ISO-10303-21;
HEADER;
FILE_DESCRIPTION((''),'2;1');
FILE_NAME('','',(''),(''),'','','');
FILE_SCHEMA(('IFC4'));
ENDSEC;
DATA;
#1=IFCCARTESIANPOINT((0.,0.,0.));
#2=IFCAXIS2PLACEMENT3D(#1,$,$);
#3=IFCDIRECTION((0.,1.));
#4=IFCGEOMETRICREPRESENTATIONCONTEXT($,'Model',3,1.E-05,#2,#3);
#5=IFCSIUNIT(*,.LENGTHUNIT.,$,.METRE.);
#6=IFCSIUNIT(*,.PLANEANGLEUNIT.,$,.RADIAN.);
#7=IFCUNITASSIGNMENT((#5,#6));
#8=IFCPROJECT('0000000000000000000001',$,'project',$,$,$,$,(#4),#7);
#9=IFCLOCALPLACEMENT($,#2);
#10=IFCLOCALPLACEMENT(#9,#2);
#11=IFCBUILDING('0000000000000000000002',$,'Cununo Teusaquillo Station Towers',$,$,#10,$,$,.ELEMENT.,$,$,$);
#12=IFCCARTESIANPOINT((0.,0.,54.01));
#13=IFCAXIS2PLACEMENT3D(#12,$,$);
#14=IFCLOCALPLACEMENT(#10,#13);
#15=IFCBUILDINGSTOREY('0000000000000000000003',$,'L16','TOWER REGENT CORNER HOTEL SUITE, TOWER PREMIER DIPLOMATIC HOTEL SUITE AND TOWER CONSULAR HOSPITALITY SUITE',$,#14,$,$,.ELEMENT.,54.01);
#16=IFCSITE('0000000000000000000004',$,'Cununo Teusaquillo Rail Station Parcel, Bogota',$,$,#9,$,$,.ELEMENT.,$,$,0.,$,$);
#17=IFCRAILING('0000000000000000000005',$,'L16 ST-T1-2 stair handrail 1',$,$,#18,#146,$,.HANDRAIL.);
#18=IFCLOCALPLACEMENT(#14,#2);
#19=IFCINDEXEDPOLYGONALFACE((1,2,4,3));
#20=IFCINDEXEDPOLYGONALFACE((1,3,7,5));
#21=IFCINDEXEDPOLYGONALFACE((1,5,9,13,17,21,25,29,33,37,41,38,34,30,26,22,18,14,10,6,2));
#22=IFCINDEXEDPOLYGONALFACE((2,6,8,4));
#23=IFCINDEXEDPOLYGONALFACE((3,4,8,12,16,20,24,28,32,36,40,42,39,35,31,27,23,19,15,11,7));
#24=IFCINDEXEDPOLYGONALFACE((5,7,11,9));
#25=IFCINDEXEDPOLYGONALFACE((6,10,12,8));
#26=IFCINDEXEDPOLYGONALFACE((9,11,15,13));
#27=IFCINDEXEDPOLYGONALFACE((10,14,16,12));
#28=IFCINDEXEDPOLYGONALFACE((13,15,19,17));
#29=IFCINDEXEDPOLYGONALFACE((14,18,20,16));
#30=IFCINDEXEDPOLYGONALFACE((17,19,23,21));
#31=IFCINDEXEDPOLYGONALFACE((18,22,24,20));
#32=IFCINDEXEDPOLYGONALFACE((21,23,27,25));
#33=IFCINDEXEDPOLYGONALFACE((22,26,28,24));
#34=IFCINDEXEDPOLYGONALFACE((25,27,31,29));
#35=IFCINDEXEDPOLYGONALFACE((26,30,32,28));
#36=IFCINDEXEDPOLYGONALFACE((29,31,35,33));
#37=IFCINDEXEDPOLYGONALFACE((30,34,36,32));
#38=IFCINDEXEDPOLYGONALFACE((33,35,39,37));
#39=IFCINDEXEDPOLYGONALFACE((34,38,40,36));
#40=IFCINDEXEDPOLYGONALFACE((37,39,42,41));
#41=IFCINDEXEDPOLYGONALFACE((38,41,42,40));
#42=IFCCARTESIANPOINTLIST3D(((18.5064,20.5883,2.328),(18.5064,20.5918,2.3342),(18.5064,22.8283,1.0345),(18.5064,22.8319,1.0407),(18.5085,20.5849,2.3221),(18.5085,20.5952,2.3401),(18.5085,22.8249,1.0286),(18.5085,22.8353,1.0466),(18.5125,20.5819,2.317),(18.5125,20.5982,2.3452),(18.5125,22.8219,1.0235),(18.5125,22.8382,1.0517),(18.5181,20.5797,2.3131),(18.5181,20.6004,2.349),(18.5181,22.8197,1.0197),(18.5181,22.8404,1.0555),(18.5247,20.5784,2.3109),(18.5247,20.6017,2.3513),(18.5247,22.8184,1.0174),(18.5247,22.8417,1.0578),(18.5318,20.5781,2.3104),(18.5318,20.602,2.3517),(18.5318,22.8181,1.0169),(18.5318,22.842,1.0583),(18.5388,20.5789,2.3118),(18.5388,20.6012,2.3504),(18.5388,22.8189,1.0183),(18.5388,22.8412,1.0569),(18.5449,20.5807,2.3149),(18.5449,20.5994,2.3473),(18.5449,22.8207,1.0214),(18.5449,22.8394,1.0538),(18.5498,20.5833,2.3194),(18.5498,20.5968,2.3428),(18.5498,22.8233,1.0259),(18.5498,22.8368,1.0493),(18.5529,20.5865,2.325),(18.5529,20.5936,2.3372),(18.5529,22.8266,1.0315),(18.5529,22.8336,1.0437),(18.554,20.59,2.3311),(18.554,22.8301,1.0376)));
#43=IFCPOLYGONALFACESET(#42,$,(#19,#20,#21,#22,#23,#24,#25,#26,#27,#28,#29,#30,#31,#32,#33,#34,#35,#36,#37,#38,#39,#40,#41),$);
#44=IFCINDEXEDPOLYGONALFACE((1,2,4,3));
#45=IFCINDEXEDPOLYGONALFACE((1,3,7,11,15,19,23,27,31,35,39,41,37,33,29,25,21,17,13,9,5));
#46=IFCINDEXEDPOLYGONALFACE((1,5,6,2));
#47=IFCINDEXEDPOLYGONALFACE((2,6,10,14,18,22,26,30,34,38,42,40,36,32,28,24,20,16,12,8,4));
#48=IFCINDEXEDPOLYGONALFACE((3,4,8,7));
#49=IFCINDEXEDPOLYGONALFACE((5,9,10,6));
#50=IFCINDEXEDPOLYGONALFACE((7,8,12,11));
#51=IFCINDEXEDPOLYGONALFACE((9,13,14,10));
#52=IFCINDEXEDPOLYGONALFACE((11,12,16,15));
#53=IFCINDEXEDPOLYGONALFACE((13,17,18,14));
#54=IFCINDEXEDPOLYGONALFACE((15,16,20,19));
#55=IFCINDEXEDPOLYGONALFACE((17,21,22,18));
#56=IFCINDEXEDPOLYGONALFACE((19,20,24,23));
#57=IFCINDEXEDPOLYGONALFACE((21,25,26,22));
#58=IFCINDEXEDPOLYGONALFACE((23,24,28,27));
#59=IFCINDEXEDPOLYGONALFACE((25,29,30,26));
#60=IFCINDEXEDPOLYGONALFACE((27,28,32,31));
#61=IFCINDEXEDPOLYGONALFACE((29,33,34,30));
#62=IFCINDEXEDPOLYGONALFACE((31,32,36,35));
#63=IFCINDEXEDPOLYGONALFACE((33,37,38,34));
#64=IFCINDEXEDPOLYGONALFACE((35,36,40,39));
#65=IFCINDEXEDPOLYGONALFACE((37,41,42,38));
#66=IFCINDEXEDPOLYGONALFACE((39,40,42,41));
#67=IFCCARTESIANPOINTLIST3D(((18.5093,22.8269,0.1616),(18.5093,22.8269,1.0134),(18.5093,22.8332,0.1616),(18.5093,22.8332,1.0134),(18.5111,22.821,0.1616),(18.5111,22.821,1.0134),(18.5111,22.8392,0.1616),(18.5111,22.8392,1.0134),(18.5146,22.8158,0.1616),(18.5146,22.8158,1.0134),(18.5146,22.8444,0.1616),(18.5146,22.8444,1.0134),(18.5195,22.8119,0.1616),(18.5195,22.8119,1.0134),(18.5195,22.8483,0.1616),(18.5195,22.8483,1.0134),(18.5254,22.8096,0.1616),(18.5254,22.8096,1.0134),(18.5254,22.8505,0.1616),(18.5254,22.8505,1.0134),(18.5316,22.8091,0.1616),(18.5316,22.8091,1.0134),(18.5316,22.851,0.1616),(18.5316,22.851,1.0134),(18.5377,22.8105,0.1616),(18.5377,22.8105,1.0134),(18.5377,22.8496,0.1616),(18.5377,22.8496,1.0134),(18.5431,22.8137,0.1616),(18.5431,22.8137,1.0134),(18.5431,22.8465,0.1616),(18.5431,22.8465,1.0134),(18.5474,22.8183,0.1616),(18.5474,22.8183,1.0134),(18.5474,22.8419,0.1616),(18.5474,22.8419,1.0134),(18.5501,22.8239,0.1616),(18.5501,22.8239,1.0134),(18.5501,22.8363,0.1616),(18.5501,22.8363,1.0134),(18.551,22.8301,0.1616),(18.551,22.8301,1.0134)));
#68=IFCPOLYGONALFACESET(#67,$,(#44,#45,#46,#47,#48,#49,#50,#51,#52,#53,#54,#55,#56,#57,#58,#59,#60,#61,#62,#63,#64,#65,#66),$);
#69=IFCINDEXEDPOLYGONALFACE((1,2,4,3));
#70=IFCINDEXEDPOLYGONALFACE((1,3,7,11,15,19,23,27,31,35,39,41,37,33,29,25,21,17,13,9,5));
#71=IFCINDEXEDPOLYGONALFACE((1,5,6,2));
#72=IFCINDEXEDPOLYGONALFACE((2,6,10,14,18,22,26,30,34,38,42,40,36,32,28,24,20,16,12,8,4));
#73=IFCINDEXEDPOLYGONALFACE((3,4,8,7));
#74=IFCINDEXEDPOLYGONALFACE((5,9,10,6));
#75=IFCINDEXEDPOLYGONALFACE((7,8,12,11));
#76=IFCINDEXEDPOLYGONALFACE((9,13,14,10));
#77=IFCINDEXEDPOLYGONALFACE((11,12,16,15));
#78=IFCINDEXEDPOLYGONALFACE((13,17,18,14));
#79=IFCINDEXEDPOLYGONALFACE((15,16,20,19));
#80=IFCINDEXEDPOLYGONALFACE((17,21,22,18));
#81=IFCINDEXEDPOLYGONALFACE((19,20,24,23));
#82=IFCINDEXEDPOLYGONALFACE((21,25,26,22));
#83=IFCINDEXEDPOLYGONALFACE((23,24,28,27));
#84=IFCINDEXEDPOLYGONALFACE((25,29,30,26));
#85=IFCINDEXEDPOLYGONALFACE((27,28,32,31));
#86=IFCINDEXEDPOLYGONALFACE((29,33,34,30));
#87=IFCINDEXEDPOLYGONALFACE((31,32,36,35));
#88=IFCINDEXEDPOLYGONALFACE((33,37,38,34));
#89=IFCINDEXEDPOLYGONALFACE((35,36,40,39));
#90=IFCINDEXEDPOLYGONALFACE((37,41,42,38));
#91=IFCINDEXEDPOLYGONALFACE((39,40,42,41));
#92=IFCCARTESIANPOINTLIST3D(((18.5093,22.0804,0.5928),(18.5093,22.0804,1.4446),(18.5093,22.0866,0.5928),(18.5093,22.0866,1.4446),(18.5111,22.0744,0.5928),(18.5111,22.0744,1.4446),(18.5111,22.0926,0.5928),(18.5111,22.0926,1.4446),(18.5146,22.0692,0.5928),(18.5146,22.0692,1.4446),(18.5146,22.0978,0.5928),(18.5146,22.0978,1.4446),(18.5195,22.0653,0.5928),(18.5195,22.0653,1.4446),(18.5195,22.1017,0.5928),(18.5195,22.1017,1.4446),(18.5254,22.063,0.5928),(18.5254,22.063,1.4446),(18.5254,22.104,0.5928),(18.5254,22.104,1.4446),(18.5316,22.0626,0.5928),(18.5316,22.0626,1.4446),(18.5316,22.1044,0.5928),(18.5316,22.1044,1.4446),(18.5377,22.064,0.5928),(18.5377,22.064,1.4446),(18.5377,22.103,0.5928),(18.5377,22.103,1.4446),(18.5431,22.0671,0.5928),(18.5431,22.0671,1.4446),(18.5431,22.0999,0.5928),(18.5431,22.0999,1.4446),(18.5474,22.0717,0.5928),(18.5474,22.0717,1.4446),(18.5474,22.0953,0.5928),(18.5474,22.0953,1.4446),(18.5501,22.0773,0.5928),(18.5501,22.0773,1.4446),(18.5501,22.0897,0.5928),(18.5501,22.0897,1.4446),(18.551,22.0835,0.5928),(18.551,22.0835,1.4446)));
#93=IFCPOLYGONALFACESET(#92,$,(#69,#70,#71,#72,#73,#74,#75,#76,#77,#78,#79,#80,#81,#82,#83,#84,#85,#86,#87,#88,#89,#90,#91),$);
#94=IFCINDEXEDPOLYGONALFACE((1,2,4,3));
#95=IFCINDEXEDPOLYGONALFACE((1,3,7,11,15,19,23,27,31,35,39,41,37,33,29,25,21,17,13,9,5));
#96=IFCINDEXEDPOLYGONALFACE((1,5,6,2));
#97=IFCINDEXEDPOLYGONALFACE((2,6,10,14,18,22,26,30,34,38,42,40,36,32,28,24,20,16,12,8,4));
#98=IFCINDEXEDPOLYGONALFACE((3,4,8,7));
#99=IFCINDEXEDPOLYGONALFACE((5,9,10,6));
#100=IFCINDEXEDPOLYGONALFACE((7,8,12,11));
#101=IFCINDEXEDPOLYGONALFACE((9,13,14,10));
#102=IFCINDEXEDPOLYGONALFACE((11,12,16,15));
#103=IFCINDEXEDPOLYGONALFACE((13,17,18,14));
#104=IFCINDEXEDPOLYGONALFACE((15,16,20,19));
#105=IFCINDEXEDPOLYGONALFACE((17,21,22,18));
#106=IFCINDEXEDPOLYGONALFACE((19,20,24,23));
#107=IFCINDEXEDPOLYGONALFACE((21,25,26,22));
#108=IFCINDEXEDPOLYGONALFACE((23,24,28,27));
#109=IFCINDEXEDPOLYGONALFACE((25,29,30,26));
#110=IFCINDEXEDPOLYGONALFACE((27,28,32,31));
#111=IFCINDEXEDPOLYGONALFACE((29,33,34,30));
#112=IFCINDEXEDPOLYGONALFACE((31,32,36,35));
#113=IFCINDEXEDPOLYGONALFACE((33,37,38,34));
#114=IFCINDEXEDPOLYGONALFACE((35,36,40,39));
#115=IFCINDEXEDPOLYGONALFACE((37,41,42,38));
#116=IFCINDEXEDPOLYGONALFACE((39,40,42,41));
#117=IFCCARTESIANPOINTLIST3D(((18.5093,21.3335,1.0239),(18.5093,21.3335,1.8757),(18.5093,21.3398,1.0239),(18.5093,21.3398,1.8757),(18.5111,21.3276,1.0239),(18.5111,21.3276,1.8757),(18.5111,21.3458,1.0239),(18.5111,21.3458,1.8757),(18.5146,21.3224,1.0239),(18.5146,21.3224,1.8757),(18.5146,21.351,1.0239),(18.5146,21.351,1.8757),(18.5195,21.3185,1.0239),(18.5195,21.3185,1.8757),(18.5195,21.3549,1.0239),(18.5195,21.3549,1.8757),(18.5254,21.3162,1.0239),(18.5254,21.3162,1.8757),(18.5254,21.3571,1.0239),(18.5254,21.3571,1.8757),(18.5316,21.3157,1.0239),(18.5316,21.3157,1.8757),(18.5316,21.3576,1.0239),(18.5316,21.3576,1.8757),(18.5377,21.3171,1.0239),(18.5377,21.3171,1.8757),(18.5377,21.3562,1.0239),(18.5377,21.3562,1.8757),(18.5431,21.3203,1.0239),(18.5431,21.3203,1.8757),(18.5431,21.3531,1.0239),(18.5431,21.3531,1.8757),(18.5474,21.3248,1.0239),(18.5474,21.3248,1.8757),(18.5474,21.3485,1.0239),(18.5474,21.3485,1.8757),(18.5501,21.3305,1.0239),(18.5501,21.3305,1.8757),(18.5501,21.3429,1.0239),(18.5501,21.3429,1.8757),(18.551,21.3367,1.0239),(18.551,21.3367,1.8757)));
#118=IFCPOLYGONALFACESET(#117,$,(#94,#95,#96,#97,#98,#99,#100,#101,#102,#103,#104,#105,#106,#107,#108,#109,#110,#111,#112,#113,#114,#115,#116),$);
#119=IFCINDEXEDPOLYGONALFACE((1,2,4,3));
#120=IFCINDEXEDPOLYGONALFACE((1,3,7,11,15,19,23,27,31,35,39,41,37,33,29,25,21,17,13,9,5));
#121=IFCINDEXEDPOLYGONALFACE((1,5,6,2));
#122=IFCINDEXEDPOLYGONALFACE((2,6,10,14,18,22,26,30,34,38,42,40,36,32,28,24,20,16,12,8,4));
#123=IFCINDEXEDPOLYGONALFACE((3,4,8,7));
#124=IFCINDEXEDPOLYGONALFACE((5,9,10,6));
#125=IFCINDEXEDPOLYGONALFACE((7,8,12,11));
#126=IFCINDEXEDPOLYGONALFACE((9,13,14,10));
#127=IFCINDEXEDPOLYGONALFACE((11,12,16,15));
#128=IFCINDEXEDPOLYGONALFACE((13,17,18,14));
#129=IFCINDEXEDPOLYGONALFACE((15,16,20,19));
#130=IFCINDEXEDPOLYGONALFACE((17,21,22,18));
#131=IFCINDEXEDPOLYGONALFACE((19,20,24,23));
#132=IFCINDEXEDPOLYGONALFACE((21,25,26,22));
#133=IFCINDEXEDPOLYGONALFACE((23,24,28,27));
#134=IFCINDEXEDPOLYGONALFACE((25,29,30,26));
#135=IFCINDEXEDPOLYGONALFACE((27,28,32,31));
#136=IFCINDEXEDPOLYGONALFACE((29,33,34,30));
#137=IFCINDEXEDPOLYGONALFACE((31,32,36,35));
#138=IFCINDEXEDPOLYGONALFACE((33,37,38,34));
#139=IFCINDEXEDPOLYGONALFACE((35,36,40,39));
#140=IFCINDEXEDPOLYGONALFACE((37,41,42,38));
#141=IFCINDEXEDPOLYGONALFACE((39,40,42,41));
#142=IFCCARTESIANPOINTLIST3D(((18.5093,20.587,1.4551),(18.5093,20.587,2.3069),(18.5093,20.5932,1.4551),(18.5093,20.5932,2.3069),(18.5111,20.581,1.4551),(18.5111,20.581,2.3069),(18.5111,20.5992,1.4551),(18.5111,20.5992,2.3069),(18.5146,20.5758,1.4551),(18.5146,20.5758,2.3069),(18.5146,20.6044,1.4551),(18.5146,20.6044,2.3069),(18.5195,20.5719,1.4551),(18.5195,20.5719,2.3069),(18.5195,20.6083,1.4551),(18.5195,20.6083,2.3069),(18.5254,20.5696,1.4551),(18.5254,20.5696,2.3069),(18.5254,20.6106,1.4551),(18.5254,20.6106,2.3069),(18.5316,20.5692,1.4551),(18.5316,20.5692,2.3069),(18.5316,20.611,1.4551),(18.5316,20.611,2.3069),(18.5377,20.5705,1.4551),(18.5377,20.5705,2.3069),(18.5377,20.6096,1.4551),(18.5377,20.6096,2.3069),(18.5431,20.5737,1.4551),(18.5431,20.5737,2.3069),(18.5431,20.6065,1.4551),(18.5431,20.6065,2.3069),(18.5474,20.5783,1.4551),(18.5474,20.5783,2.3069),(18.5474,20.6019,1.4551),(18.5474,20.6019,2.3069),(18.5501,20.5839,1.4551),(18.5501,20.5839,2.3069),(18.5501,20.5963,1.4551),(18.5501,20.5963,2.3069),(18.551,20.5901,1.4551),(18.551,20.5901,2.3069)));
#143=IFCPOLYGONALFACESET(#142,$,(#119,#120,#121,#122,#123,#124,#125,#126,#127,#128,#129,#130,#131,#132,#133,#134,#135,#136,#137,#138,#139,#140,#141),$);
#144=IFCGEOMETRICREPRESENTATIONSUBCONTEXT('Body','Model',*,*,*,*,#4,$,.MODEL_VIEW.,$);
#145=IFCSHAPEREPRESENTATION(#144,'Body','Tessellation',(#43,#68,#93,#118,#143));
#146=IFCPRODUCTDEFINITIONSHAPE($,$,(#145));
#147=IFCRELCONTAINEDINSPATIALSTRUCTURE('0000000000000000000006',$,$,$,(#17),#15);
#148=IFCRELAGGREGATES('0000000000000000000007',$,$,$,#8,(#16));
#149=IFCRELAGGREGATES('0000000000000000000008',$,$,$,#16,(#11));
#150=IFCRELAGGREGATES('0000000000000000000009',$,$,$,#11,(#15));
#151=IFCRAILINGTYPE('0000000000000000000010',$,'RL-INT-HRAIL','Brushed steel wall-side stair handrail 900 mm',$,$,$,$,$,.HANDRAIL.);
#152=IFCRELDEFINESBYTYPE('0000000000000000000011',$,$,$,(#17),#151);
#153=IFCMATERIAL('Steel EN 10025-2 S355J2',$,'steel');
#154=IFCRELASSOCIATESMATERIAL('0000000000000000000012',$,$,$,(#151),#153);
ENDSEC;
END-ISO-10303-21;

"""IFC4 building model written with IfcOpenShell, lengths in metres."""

from ifc_helpers import new_model, si_unit, direction, frame, origin, origin_2d, place, context, subcontext, project, spatial, circle, extrude, material, type_object, element, save


model = new_model("IFC4")

# Units and contexts
model_context = context("Model", 3, precision=1e-05, world=origin(), true_north=direction((0.0, 1.0)))
body_context = subcontext(model_context, "Body", "Model", "MODEL_VIEW")
ifc_project = project(units=[si_unit("LENGTHUNIT", "METRE"), si_unit("PLANEANGLEUNIT", "RADIAN")], contexts=[model_context])

# Site, building, storey
site_placement = place(None, origin())
site = spatial("IfcSite", under=ifc_project, at=site_placement, Name="Cununo Teusaquillo Rail Station Parcel, Bogota", CompositionType="ELEMENT", RefElevation=0.0)
building_placement = place(site_placement, origin())
building = spatial("IfcBuilding", under=site, at=building_placement, Name="Cununo Teusaquillo Station Towers", CompositionType="ELEMENT")
storey_placement = place(building_placement, frame((0.0, 0.0, 54.01)))
storey = spatial("IfcBuildingStorey", under=building, at=storey_placement, Name="L16", Description="TOWER REGENT CORNER HOTEL SUITE, TOWER PREMIER DIPLOMATIC HOTEL SUITE AND TOWER CONSULAR HOSPITALITY SUITE", CompositionType="ELEMENT", Elevation=54.01)

# Railing
ifc_material_1 = material(Name="Steel EN 10025-2 S355J2", Category="steel")
railing_type_1 = type_object("IfcRailingType", Name="RL-INT-HRAIL", Description="Brushed steel wall-side stair handrail 900 mm", PredefinedType="HANDRAIL", material=ifc_material_1)
railing_1_placement = place(storey_placement, frame((18.53, 22.8301, 0.1616)))
element("IfcRailing", 1, at=railing_1_placement, inside=storey, type_object=railing_type_1, Name="L16 ST-T1-2 stair handrail 1", PredefinedType="HANDRAIL", context=body_context, shape_type="SweptSolid", body=[
    extrude(circle(Radius=0.0239, at=origin_2d()), frame((0.0, 0.0, 0.876), z_axis=(0.0, -0.865992, 0.500057), x_axis=(1.0, 0.0, 0.0)), (0.0, 0.0, 1.0), 2.5867),
    extrude(circle(Radius=0.021, at=origin_2d()), origin(), (0.0, 0.0, 1.0), 0.8518),
    extrude(circle(Radius=0.021, at=origin_2d()), frame((0.0, -0.7466, 0.4312)), (0.0, 0.0, 1.0), 0.8518),
    extrude(circle(Radius=0.021, at=origin_2d()), frame((0.0, -1.4934, 0.8623)), (0.0, 0.0, 1.0), 0.8518),
    extrude(circle(Radius=0.021, at=origin_2d()), frame((0.0, -2.24, 1.2935)), (0.0, 0.0, 1.0), 0.8518),
])

save(model, "model.ifc")
